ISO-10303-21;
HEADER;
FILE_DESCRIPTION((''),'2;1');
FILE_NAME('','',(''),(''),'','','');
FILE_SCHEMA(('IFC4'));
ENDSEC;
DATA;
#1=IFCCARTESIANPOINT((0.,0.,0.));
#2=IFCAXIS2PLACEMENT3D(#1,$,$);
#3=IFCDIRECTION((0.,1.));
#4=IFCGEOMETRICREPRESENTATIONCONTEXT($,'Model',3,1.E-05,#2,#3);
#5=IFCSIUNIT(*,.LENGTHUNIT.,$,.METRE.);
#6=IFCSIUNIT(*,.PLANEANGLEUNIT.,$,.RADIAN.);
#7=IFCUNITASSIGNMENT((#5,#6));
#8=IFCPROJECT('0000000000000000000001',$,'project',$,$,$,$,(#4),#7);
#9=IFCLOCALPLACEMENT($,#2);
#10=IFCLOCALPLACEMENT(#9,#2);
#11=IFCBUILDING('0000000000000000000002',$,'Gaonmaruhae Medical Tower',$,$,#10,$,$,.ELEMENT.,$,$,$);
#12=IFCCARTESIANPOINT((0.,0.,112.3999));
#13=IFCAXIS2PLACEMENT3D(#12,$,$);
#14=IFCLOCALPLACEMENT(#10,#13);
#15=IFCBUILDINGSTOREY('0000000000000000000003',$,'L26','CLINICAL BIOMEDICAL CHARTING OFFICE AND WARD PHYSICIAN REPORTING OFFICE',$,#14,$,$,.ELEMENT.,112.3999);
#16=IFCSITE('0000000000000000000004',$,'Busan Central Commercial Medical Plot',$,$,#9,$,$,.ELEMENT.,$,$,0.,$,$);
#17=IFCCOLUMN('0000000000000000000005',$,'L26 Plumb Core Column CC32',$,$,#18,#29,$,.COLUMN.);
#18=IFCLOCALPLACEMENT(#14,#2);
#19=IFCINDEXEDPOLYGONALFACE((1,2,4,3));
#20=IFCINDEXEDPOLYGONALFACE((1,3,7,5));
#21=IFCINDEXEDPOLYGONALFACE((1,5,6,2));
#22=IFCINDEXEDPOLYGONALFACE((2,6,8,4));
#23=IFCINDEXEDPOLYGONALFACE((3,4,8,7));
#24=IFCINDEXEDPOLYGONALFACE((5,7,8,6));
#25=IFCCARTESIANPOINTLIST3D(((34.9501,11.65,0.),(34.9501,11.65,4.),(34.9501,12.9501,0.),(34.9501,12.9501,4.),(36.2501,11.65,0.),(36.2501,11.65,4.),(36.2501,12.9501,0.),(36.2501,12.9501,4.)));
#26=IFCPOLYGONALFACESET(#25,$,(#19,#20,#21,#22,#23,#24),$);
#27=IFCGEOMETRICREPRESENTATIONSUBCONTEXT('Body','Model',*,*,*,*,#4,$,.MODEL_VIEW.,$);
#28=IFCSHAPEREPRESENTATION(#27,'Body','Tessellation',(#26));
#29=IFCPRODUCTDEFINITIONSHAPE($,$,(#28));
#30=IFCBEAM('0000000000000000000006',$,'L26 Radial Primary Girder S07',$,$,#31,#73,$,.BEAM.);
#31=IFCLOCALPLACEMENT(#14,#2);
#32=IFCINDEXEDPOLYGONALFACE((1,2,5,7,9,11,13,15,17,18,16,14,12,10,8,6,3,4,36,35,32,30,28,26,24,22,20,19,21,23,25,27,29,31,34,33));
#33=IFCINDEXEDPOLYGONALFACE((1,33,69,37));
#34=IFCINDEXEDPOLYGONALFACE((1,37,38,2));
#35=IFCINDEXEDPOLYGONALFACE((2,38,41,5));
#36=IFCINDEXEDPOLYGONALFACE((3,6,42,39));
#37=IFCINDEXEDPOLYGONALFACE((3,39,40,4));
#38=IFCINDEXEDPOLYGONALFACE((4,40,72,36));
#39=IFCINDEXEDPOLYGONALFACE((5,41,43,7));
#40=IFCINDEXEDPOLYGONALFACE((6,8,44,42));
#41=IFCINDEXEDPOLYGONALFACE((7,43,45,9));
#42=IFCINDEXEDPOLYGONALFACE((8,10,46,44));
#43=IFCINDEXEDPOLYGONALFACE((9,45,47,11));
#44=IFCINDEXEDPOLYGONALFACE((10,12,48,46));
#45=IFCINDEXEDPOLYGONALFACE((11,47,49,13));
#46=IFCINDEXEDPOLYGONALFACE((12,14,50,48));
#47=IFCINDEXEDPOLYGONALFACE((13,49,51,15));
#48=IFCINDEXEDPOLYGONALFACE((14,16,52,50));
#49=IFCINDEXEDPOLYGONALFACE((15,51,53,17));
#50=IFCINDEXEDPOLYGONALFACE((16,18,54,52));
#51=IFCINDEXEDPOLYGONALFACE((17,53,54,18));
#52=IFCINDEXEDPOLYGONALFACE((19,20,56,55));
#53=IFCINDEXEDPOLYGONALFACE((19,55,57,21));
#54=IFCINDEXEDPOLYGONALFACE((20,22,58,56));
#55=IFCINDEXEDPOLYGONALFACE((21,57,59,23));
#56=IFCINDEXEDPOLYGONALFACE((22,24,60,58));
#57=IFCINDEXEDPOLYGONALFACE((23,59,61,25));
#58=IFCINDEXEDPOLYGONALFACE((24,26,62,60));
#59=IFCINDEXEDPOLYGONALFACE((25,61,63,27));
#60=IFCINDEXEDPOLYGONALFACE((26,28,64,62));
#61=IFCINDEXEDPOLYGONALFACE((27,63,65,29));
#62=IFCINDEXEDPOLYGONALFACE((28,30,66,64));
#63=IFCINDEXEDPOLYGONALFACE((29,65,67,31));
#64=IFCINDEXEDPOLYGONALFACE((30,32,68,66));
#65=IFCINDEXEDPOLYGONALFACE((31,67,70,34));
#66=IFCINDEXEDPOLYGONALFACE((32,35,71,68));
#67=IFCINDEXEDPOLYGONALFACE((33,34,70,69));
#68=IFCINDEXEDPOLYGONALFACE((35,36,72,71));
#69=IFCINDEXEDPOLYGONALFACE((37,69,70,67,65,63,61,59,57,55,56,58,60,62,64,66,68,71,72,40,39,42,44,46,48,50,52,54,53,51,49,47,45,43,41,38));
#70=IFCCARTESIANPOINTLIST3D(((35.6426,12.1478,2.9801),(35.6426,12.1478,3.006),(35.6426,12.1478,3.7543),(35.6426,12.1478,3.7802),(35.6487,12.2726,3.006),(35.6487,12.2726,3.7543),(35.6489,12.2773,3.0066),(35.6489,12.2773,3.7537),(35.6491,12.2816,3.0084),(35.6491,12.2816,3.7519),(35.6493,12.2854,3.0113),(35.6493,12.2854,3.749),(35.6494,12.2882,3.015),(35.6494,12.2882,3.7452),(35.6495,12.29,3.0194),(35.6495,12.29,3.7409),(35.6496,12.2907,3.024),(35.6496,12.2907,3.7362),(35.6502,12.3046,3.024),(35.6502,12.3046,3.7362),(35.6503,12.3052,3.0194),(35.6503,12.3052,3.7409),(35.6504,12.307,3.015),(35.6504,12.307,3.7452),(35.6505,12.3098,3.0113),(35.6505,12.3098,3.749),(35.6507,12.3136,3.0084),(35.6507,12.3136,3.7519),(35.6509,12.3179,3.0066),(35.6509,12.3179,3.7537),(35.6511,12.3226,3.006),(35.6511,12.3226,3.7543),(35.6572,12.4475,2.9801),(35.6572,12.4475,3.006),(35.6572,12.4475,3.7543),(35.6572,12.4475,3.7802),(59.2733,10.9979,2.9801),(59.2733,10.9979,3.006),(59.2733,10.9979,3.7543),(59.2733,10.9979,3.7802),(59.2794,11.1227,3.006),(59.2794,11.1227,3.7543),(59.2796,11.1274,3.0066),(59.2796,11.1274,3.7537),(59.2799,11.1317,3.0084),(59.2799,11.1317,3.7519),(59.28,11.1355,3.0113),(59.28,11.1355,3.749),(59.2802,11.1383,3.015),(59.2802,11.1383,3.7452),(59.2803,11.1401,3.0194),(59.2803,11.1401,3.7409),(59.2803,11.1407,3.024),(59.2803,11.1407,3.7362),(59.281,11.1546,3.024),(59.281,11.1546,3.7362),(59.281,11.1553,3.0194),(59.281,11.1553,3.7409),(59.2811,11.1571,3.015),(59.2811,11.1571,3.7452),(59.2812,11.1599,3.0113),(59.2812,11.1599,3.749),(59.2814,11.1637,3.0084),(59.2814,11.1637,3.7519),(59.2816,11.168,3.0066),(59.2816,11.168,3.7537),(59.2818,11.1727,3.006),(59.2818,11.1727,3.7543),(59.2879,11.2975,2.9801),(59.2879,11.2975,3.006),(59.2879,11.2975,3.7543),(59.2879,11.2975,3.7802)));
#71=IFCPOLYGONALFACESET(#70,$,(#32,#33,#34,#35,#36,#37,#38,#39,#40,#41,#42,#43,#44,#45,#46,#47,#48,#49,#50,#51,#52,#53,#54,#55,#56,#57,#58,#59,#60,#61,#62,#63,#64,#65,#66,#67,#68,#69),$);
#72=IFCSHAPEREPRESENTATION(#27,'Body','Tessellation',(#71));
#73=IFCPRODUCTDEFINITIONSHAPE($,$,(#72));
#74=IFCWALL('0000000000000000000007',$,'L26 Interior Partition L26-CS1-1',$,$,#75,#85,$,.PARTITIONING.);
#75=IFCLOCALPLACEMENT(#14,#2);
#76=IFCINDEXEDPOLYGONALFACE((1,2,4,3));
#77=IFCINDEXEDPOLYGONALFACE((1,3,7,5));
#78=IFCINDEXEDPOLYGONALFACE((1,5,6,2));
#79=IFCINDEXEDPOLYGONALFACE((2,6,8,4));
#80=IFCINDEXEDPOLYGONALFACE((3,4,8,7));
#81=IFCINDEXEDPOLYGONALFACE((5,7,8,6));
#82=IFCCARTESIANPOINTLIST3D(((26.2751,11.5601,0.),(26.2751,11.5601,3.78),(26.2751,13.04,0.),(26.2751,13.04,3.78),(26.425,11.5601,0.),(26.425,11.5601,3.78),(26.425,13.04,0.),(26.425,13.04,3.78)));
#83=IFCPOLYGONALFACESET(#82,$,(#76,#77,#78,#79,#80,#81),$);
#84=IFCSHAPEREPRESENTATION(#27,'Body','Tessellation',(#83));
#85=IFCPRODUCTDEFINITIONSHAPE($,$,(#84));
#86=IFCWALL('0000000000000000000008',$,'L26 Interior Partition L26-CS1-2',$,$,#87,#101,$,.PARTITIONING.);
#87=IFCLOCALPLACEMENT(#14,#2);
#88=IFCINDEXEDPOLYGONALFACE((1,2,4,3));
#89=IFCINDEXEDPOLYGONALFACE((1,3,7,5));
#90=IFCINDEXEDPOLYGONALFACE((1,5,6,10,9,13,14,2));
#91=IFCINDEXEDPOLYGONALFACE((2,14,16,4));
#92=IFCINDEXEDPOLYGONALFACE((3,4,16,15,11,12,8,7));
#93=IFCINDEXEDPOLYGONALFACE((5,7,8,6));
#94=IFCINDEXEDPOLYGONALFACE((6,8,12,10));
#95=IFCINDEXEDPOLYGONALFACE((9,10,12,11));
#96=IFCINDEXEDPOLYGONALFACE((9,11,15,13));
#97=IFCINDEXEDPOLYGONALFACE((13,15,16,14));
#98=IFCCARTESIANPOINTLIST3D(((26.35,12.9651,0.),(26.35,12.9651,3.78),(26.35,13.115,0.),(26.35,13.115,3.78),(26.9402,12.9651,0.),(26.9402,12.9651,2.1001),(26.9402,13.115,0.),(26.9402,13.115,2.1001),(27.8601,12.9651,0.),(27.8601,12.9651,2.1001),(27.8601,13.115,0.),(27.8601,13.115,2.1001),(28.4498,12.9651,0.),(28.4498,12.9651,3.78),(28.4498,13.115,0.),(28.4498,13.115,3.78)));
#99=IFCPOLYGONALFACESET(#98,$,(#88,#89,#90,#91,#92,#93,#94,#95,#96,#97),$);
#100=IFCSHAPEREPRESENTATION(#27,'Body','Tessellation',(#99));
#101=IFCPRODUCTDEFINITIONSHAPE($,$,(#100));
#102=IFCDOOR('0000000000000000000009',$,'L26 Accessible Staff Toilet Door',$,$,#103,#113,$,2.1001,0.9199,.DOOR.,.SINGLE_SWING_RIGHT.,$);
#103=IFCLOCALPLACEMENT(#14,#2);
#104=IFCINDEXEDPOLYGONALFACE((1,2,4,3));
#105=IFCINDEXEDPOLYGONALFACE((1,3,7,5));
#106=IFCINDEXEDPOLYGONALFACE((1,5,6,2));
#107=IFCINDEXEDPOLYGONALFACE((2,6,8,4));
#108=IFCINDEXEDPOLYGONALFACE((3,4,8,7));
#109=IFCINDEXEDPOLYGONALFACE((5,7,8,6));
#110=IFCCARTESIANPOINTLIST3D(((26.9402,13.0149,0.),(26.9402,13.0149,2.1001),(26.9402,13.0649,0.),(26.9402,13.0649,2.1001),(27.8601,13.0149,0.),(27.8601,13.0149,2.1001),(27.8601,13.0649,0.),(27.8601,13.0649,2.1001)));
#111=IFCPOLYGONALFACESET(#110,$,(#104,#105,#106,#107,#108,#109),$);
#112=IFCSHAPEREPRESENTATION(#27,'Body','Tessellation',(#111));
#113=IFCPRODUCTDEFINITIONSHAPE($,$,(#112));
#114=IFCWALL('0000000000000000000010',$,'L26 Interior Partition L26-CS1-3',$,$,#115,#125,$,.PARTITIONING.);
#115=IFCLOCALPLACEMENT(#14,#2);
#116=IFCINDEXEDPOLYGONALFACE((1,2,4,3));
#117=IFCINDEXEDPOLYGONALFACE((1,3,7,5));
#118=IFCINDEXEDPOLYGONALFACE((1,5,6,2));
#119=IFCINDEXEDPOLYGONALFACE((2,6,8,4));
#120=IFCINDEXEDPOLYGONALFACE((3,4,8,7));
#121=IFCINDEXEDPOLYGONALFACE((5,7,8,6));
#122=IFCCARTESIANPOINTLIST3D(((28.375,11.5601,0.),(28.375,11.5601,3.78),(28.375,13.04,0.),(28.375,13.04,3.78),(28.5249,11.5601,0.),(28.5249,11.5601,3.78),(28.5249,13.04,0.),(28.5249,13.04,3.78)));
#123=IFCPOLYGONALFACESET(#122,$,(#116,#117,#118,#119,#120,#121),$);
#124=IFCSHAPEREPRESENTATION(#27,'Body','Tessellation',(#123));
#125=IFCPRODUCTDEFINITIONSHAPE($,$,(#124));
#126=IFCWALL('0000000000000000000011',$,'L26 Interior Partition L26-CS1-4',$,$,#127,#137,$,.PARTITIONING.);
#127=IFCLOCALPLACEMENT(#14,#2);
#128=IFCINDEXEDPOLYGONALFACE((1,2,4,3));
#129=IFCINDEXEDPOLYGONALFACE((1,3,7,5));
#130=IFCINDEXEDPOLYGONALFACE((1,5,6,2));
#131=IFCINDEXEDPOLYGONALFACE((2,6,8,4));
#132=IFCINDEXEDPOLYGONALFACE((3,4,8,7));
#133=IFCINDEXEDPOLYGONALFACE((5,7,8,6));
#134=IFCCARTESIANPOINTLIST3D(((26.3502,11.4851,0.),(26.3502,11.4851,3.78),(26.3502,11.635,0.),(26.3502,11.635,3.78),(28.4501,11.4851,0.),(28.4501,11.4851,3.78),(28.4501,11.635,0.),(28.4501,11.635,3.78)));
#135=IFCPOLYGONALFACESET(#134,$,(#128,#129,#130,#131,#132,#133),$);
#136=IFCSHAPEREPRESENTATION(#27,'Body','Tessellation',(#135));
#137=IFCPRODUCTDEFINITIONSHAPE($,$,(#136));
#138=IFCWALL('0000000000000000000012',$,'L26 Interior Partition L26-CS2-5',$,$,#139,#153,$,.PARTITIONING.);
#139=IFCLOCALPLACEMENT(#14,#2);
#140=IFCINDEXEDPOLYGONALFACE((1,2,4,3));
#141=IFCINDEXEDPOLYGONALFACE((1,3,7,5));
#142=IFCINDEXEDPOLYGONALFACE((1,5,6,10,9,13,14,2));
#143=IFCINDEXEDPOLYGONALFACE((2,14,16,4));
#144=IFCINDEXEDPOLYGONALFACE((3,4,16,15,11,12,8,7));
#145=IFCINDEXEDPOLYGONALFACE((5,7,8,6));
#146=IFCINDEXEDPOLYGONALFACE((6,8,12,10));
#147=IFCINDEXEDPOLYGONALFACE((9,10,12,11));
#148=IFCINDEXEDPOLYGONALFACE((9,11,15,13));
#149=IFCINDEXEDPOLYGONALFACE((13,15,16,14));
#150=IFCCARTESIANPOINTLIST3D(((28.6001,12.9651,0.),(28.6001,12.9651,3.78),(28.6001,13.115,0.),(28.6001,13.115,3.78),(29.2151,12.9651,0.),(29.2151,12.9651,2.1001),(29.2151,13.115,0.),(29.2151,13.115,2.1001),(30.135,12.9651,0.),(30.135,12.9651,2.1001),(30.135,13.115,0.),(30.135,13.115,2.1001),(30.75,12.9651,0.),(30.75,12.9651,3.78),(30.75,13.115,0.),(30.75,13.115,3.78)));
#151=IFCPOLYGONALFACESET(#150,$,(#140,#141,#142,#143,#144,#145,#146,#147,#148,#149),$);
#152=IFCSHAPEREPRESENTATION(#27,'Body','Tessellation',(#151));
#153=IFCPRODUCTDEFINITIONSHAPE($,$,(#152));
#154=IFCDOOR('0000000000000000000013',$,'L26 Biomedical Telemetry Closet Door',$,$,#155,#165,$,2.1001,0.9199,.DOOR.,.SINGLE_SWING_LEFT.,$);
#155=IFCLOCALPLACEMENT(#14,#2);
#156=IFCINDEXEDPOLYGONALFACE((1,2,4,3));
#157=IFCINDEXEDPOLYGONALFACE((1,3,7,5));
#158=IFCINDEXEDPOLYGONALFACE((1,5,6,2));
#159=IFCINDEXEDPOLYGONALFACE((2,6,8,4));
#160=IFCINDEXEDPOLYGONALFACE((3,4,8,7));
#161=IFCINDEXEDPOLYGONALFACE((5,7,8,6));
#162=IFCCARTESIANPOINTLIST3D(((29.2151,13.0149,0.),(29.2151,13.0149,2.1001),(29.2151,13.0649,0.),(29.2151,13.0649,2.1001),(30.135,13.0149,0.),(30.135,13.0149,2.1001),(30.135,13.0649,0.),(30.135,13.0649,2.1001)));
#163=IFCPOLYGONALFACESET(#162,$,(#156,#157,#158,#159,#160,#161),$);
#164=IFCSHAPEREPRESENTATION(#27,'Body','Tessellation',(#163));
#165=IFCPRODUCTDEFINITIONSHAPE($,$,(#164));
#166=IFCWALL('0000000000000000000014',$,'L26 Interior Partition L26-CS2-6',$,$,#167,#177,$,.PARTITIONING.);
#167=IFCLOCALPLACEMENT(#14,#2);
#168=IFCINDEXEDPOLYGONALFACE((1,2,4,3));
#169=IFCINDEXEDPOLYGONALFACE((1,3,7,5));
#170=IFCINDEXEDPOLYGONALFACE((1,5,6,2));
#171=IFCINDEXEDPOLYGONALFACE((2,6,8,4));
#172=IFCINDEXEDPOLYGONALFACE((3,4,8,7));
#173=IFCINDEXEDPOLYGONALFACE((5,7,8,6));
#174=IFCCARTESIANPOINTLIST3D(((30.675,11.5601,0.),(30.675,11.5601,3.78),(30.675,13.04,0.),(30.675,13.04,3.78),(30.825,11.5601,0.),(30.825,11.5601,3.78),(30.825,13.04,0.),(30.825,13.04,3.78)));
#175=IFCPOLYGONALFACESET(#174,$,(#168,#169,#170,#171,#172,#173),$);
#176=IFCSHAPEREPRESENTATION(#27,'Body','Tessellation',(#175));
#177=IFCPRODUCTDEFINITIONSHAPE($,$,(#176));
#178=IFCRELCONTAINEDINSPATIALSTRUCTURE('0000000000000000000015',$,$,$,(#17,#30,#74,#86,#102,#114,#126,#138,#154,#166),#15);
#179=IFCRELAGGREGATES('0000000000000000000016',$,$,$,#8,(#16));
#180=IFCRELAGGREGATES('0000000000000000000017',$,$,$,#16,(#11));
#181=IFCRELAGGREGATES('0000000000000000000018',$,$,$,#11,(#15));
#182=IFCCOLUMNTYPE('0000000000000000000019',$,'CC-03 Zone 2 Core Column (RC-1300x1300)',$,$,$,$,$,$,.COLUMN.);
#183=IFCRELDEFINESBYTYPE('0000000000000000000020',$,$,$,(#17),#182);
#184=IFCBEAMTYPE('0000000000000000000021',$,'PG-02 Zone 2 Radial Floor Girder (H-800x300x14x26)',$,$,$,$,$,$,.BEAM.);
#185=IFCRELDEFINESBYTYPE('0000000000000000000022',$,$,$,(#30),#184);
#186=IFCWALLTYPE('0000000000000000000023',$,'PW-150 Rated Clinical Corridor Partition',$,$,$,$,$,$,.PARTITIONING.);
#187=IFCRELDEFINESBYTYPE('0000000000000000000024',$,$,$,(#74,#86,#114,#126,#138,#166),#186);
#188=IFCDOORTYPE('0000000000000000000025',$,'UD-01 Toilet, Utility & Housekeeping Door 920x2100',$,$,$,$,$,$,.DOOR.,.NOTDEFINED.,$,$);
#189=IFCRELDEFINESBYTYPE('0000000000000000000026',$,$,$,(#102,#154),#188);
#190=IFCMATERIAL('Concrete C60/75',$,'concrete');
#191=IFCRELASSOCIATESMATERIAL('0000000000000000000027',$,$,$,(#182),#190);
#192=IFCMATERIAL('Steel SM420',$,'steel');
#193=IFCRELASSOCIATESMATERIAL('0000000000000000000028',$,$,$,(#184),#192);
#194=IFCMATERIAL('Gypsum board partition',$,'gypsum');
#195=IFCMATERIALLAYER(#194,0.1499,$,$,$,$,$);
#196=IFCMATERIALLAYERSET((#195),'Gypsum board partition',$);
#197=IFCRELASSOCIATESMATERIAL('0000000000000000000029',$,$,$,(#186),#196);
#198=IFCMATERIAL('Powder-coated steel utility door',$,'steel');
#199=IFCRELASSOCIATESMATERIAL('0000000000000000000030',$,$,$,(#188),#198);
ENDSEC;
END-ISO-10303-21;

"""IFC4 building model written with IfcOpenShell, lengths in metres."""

from ifc_helpers import new_model, si_unit, direction, frame, frame_2d, origin, origin_2d, place, context, subcontext, project, spatial, rectangle, i_section, extrude, material, layer, layer_set, material_profile, profile_set, type_object, element, fill, save


model = new_model("IFC4")

# Units and contexts
model_context = context("Model", 3, precision=1e-05, world=origin(), true_north=direction((0.0, 1.0)))
body_context = subcontext(model_context, "Body", "Model", "MODEL_VIEW")
ifc_project = project(units=[si_unit("LENGTHUNIT", "METRE"), si_unit("PLANEANGLEUNIT", "RADIAN")], contexts=[model_context])

# Site, building, storey
site_placement = place(None, origin())
site = spatial("IfcSite", under=ifc_project, at=site_placement, Name="Busan Central Commercial Medical Plot", CompositionType="ELEMENT", RefElevation=0.0)
building_placement = place(site_placement, origin())
building = spatial("IfcBuilding", under=site, at=building_placement, Name="Gaonmaruhae Medical Tower", CompositionType="ELEMENT")
storey_placement = place(building_placement, frame((0.0, 0.0, 112.3999)))
storey = spatial("IfcBuildingStorey", under=building, at=storey_placement, Name="L26", Description="CLINICAL BIOMEDICAL CHARTING OFFICE AND WARD PHYSICIAN REPORTING OFFICE", CompositionType="ELEMENT", Elevation=112.3999)

# Column
ifc_material_1 = material(Name="Concrete C60/75", Category="concrete")
ifc_material_profile_1 = material_profile(ifc_material_1, rectangle(XDim=1.3, YDim=1.3, at=origin_2d()), Name="RC-1300x1300")
ifc_profile_set_1 = profile_set([ifc_material_profile_1], Name="Concrete C60/75")
column_type = type_object("IfcColumnType", Name="CC-03 Zone 2 Core Column (RC-1300x1300)", PredefinedType="COLUMN", material=ifc_profile_set_1)
column_placement = place(storey_placement, frame((35.6001, 12.3, 0.0), z_axis=(0.0, 0.0, 1.0), x_axis=(1.0, 0.0, 0.0)))
element("IfcColumn", 1, at=column_placement, inside=storey, type_object=column_type, Name="L26 Plumb Core Column CC32", PredefinedType="COLUMN", context=body_context, shape_type="SweptSolid", body=[
    extrude(rectangle(XDim=1.3, YDim=1.3, at=origin_2d()), origin(), (0.0, 0.0, 1.0), 4.0),
])

# Beam
ifc_material_2 = material(Name="Steel SM420", Category="steel")
ifc_material_profile_2 = material_profile(ifc_material_2, i_section(OverallWidth=0.3, OverallDepth=0.8, WebThickness=0.0139, FlangeThickness=0.0259, FilletRadius=0.0181, at=origin_2d()), Name="H-800x300x14x26")
ifc_profile_set_2 = profile_set([ifc_material_profile_2], Name="Steel SM420")
beam_type = type_object("IfcBeamType", Name="PG-02 Zone 2 Radial Floor Girder (H-800x300x14x26)", PredefinedType="BEAM", material=ifc_profile_set_2)
beam_placement = place(storey_placement, frame((35.6499, 12.2976, 3.3801), z_axis=(0.998818, -0.048604, 0.0), x_axis=(0.048604, 0.998818, 0.0)))
element("IfcBeam", 2, at=beam_placement, inside=storey, type_object=beam_type, Name="L26 Radial Primary Girder S07", PredefinedType="BEAM", context=body_context, shape_type="SweptSolid", body=[
    extrude(i_section(OverallWidth=0.3, OverallDepth=0.8, WebThickness=0.0139, FlangeThickness=0.0259, FilletRadius=0.0181, at=origin_2d()), origin(), (0.0, 0.0, 1.0), 23.6587),
])

# Wall
ifc_material_3 = material(Name="Gypsum board partition", Category="gypsum")
ifc_layer_1 = layer(ifc_material_3, 0.1499)
ifc_layer_set_1 = layer_set([ifc_layer_1], Name="Gypsum board partition")
wall_type_1 = type_object("IfcWallType", Name="PW-150 Rated Clinical Corridor Partition", PredefinedType="PARTITIONING", material=ifc_layer_set_1)
wall_1_placement = place(storey_placement, frame((26.3501, 11.5601, 0.0), z_axis=(0.0, 0.0, 1.0), x_axis=(0.0, 1.0, 0.0)))
element("IfcWall", 3, at=wall_1_placement, inside=storey, type_object=wall_type_1, Name="L26 Interior Partition L26-CS1-1", PredefinedType="PARTITIONING", context=body_context, shape_type="SweptSolid", body=[
    extrude(rectangle(XDim=1.48, YDim=0.1499, at=frame_2d((0.74, 0.0))), origin(), (0.0, 0.0, 1.0), 3.78),
])

# Wall, opening, door
wall_2_placement = place(storey_placement, frame((26.3501, 13.04, 0.0), z_axis=(0.0, 0.0, 1.0), x_axis=(1.0, 0.0, 0.0)))
wall_2 = element("IfcWall", 4, at=wall_2_placement, inside=storey, type_object=wall_type_1, Name="L26 Interior Partition L26-CS1-2", PredefinedType="PARTITIONING", context=body_context, shape_type="SweptSolid", body=[
    extrude(rectangle(XDim=2.0999, YDim=0.1499, at=frame_2d((1.0498, 0.0))), origin(), (0.0, 0.0, 1.0), 3.78),
])
opening_1_placement = place(wall_2_placement, frame((0.5901, 0.0, 0.0)))
opening_1 = element("IfcOpeningElement", 5, at=opening_1_placement, cuts=wall_2, PredefinedType="OPENING", context=body_context, shape_type="SweptSolid", body=[
    extrude(rectangle(XDim=0.9199, YDim=2.1001, at=frame_2d((0.46, 1.05))), frame((0.0, 0.085, 0.0), z_axis=(0.0, -1.0, 0.0), x_axis=(1.0, 0.0, 0.0)), (0.0, 0.0, 1.0), 0.1699),
])
ifc_material_4 = material(Name="Powder-coated steel utility door", Category="steel")
door_type_1 = type_object("IfcDoorType", Name="UD-01 Toilet, Utility & Housekeeping Door 920x2100", OperationType="NOTDEFINED", PredefinedType="DOOR", material=ifc_material_4)
door_1_placement = place(opening_1_placement, origin())
door_1 = element("IfcDoor", 6, at=door_1_placement, inside=storey, type_object=door_type_1, Name="L26 Accessible Staff Toilet Door", OperationType="SINGLE_SWING_RIGHT", OverallHeight=2.1001, OverallWidth=0.9199, PredefinedType="DOOR", context=body_context, shape_type="SweptSolid", body=[
    extrude(rectangle(XDim=0.9199, YDim=2.1001, at=frame_2d((0.46, 1.05))), frame((0.0, 0.0249, 0.0), z_axis=(0.0, -1.0, 0.0), x_axis=(1.0, 0.0, 0.0)), (0.0, 0.0, 1.0), 0.05),
])
fill(opening_1, door_1)

# Walls
wall_3_placement = place(storey_placement, frame((28.45, 13.04, 0.0), z_axis=(0.0, 0.0, 1.0), x_axis=(0.0, -1.0, 0.0)))
element("IfcWall", 7, at=wall_3_placement, inside=storey, type_object=wall_type_1, Name="L26 Interior Partition L26-CS1-3", PredefinedType="PARTITIONING", context=body_context, shape_type="SweptSolid", body=[
    extrude(rectangle(XDim=1.48, YDim=0.1499, at=frame_2d((0.74, 0.0))), origin(), (0.0, 0.0, 1.0), 3.78),
])
wall_4_placement = place(storey_placement, frame((28.45, 11.5601, 0.0), z_axis=(0.0, 0.0, 1.0), x_axis=(-1.0, 0.0, 0.0)))
element("IfcWall", 8, at=wall_4_placement, inside=storey, type_object=wall_type_1, Name="L26 Interior Partition L26-CS1-4", PredefinedType="PARTITIONING", context=body_context, shape_type="SweptSolid", body=[
    extrude(rectangle(XDim=2.0999, YDim=0.1499, at=frame_2d((1.0498, 0.0))), origin(), (0.0, 0.0, 1.0), 3.78),
])

# Wall, opening, door
wall_5_placement = place(storey_placement, frame((28.6001, 13.04, 0.0), z_axis=(0.0, 0.0, 1.0), x_axis=(1.0, 0.0, 0.0)))
wall_5 = element("IfcWall", 9, at=wall_5_placement, inside=storey, type_object=wall_type_1, Name="L26 Interior Partition L26-CS2-5", PredefinedType="PARTITIONING", context=body_context, shape_type="SweptSolid", body=[
    extrude(rectangle(XDim=2.1499, YDim=0.1499, at=frame_2d((1.075, 0.0))), origin(), (0.0, 0.0, 1.0), 3.78),
])
opening_2_placement = place(wall_5_placement, frame((0.615, 0.0, 0.0)))
opening_2 = element("IfcOpeningElement", 10, at=opening_2_placement, cuts=wall_5, PredefinedType="OPENING", context=body_context, shape_type="SweptSolid", body=[
    extrude(rectangle(XDim=0.9199, YDim=2.1001, at=frame_2d((0.46, 1.05))), frame((0.0, 0.085, 0.0), z_axis=(0.0, -1.0, 0.0), x_axis=(1.0, 0.0, 0.0)), (0.0, 0.0, 1.0), 0.1699),
])
door_2_placement = place(opening_2_placement, origin())
door_2 = element("IfcDoor", 11, at=door_2_placement, inside=storey, type_object=door_type_1, Name="L26 Biomedical Telemetry Closet Door", OperationType="SINGLE_SWING_LEFT", OverallHeight=2.1001, OverallWidth=0.9199, PredefinedType="DOOR", context=body_context, shape_type="SweptSolid", body=[
    extrude(rectangle(XDim=0.9199, YDim=2.1001, at=frame_2d((0.46, 1.05))), frame((0.0, 0.0249, 0.0), z_axis=(0.0, -1.0, 0.0), x_axis=(1.0, 0.0, 0.0)), (0.0, 0.0, 1.0), 0.05),
])
fill(opening_2, door_2)

# Wall
wall_6_placement = place(storey_placement, frame((30.75, 13.04, 0.0), z_axis=(0.0, 0.0, 1.0), x_axis=(0.0, -1.0, 0.0)))
element("IfcWall", 12, at=wall_6_placement, inside=storey, type_object=wall_type_1, Name="L26 Interior Partition L26-CS2-6", PredefinedType="PARTITIONING", context=body_context, shape_type="SweptSolid", body=[
    extrude(rectangle(XDim=1.48, YDim=0.1499, at=frame_2d((0.74, 0.0))), origin(), (0.0, 0.0, 1.0), 3.78),
])

save(model, "model.ifc")
